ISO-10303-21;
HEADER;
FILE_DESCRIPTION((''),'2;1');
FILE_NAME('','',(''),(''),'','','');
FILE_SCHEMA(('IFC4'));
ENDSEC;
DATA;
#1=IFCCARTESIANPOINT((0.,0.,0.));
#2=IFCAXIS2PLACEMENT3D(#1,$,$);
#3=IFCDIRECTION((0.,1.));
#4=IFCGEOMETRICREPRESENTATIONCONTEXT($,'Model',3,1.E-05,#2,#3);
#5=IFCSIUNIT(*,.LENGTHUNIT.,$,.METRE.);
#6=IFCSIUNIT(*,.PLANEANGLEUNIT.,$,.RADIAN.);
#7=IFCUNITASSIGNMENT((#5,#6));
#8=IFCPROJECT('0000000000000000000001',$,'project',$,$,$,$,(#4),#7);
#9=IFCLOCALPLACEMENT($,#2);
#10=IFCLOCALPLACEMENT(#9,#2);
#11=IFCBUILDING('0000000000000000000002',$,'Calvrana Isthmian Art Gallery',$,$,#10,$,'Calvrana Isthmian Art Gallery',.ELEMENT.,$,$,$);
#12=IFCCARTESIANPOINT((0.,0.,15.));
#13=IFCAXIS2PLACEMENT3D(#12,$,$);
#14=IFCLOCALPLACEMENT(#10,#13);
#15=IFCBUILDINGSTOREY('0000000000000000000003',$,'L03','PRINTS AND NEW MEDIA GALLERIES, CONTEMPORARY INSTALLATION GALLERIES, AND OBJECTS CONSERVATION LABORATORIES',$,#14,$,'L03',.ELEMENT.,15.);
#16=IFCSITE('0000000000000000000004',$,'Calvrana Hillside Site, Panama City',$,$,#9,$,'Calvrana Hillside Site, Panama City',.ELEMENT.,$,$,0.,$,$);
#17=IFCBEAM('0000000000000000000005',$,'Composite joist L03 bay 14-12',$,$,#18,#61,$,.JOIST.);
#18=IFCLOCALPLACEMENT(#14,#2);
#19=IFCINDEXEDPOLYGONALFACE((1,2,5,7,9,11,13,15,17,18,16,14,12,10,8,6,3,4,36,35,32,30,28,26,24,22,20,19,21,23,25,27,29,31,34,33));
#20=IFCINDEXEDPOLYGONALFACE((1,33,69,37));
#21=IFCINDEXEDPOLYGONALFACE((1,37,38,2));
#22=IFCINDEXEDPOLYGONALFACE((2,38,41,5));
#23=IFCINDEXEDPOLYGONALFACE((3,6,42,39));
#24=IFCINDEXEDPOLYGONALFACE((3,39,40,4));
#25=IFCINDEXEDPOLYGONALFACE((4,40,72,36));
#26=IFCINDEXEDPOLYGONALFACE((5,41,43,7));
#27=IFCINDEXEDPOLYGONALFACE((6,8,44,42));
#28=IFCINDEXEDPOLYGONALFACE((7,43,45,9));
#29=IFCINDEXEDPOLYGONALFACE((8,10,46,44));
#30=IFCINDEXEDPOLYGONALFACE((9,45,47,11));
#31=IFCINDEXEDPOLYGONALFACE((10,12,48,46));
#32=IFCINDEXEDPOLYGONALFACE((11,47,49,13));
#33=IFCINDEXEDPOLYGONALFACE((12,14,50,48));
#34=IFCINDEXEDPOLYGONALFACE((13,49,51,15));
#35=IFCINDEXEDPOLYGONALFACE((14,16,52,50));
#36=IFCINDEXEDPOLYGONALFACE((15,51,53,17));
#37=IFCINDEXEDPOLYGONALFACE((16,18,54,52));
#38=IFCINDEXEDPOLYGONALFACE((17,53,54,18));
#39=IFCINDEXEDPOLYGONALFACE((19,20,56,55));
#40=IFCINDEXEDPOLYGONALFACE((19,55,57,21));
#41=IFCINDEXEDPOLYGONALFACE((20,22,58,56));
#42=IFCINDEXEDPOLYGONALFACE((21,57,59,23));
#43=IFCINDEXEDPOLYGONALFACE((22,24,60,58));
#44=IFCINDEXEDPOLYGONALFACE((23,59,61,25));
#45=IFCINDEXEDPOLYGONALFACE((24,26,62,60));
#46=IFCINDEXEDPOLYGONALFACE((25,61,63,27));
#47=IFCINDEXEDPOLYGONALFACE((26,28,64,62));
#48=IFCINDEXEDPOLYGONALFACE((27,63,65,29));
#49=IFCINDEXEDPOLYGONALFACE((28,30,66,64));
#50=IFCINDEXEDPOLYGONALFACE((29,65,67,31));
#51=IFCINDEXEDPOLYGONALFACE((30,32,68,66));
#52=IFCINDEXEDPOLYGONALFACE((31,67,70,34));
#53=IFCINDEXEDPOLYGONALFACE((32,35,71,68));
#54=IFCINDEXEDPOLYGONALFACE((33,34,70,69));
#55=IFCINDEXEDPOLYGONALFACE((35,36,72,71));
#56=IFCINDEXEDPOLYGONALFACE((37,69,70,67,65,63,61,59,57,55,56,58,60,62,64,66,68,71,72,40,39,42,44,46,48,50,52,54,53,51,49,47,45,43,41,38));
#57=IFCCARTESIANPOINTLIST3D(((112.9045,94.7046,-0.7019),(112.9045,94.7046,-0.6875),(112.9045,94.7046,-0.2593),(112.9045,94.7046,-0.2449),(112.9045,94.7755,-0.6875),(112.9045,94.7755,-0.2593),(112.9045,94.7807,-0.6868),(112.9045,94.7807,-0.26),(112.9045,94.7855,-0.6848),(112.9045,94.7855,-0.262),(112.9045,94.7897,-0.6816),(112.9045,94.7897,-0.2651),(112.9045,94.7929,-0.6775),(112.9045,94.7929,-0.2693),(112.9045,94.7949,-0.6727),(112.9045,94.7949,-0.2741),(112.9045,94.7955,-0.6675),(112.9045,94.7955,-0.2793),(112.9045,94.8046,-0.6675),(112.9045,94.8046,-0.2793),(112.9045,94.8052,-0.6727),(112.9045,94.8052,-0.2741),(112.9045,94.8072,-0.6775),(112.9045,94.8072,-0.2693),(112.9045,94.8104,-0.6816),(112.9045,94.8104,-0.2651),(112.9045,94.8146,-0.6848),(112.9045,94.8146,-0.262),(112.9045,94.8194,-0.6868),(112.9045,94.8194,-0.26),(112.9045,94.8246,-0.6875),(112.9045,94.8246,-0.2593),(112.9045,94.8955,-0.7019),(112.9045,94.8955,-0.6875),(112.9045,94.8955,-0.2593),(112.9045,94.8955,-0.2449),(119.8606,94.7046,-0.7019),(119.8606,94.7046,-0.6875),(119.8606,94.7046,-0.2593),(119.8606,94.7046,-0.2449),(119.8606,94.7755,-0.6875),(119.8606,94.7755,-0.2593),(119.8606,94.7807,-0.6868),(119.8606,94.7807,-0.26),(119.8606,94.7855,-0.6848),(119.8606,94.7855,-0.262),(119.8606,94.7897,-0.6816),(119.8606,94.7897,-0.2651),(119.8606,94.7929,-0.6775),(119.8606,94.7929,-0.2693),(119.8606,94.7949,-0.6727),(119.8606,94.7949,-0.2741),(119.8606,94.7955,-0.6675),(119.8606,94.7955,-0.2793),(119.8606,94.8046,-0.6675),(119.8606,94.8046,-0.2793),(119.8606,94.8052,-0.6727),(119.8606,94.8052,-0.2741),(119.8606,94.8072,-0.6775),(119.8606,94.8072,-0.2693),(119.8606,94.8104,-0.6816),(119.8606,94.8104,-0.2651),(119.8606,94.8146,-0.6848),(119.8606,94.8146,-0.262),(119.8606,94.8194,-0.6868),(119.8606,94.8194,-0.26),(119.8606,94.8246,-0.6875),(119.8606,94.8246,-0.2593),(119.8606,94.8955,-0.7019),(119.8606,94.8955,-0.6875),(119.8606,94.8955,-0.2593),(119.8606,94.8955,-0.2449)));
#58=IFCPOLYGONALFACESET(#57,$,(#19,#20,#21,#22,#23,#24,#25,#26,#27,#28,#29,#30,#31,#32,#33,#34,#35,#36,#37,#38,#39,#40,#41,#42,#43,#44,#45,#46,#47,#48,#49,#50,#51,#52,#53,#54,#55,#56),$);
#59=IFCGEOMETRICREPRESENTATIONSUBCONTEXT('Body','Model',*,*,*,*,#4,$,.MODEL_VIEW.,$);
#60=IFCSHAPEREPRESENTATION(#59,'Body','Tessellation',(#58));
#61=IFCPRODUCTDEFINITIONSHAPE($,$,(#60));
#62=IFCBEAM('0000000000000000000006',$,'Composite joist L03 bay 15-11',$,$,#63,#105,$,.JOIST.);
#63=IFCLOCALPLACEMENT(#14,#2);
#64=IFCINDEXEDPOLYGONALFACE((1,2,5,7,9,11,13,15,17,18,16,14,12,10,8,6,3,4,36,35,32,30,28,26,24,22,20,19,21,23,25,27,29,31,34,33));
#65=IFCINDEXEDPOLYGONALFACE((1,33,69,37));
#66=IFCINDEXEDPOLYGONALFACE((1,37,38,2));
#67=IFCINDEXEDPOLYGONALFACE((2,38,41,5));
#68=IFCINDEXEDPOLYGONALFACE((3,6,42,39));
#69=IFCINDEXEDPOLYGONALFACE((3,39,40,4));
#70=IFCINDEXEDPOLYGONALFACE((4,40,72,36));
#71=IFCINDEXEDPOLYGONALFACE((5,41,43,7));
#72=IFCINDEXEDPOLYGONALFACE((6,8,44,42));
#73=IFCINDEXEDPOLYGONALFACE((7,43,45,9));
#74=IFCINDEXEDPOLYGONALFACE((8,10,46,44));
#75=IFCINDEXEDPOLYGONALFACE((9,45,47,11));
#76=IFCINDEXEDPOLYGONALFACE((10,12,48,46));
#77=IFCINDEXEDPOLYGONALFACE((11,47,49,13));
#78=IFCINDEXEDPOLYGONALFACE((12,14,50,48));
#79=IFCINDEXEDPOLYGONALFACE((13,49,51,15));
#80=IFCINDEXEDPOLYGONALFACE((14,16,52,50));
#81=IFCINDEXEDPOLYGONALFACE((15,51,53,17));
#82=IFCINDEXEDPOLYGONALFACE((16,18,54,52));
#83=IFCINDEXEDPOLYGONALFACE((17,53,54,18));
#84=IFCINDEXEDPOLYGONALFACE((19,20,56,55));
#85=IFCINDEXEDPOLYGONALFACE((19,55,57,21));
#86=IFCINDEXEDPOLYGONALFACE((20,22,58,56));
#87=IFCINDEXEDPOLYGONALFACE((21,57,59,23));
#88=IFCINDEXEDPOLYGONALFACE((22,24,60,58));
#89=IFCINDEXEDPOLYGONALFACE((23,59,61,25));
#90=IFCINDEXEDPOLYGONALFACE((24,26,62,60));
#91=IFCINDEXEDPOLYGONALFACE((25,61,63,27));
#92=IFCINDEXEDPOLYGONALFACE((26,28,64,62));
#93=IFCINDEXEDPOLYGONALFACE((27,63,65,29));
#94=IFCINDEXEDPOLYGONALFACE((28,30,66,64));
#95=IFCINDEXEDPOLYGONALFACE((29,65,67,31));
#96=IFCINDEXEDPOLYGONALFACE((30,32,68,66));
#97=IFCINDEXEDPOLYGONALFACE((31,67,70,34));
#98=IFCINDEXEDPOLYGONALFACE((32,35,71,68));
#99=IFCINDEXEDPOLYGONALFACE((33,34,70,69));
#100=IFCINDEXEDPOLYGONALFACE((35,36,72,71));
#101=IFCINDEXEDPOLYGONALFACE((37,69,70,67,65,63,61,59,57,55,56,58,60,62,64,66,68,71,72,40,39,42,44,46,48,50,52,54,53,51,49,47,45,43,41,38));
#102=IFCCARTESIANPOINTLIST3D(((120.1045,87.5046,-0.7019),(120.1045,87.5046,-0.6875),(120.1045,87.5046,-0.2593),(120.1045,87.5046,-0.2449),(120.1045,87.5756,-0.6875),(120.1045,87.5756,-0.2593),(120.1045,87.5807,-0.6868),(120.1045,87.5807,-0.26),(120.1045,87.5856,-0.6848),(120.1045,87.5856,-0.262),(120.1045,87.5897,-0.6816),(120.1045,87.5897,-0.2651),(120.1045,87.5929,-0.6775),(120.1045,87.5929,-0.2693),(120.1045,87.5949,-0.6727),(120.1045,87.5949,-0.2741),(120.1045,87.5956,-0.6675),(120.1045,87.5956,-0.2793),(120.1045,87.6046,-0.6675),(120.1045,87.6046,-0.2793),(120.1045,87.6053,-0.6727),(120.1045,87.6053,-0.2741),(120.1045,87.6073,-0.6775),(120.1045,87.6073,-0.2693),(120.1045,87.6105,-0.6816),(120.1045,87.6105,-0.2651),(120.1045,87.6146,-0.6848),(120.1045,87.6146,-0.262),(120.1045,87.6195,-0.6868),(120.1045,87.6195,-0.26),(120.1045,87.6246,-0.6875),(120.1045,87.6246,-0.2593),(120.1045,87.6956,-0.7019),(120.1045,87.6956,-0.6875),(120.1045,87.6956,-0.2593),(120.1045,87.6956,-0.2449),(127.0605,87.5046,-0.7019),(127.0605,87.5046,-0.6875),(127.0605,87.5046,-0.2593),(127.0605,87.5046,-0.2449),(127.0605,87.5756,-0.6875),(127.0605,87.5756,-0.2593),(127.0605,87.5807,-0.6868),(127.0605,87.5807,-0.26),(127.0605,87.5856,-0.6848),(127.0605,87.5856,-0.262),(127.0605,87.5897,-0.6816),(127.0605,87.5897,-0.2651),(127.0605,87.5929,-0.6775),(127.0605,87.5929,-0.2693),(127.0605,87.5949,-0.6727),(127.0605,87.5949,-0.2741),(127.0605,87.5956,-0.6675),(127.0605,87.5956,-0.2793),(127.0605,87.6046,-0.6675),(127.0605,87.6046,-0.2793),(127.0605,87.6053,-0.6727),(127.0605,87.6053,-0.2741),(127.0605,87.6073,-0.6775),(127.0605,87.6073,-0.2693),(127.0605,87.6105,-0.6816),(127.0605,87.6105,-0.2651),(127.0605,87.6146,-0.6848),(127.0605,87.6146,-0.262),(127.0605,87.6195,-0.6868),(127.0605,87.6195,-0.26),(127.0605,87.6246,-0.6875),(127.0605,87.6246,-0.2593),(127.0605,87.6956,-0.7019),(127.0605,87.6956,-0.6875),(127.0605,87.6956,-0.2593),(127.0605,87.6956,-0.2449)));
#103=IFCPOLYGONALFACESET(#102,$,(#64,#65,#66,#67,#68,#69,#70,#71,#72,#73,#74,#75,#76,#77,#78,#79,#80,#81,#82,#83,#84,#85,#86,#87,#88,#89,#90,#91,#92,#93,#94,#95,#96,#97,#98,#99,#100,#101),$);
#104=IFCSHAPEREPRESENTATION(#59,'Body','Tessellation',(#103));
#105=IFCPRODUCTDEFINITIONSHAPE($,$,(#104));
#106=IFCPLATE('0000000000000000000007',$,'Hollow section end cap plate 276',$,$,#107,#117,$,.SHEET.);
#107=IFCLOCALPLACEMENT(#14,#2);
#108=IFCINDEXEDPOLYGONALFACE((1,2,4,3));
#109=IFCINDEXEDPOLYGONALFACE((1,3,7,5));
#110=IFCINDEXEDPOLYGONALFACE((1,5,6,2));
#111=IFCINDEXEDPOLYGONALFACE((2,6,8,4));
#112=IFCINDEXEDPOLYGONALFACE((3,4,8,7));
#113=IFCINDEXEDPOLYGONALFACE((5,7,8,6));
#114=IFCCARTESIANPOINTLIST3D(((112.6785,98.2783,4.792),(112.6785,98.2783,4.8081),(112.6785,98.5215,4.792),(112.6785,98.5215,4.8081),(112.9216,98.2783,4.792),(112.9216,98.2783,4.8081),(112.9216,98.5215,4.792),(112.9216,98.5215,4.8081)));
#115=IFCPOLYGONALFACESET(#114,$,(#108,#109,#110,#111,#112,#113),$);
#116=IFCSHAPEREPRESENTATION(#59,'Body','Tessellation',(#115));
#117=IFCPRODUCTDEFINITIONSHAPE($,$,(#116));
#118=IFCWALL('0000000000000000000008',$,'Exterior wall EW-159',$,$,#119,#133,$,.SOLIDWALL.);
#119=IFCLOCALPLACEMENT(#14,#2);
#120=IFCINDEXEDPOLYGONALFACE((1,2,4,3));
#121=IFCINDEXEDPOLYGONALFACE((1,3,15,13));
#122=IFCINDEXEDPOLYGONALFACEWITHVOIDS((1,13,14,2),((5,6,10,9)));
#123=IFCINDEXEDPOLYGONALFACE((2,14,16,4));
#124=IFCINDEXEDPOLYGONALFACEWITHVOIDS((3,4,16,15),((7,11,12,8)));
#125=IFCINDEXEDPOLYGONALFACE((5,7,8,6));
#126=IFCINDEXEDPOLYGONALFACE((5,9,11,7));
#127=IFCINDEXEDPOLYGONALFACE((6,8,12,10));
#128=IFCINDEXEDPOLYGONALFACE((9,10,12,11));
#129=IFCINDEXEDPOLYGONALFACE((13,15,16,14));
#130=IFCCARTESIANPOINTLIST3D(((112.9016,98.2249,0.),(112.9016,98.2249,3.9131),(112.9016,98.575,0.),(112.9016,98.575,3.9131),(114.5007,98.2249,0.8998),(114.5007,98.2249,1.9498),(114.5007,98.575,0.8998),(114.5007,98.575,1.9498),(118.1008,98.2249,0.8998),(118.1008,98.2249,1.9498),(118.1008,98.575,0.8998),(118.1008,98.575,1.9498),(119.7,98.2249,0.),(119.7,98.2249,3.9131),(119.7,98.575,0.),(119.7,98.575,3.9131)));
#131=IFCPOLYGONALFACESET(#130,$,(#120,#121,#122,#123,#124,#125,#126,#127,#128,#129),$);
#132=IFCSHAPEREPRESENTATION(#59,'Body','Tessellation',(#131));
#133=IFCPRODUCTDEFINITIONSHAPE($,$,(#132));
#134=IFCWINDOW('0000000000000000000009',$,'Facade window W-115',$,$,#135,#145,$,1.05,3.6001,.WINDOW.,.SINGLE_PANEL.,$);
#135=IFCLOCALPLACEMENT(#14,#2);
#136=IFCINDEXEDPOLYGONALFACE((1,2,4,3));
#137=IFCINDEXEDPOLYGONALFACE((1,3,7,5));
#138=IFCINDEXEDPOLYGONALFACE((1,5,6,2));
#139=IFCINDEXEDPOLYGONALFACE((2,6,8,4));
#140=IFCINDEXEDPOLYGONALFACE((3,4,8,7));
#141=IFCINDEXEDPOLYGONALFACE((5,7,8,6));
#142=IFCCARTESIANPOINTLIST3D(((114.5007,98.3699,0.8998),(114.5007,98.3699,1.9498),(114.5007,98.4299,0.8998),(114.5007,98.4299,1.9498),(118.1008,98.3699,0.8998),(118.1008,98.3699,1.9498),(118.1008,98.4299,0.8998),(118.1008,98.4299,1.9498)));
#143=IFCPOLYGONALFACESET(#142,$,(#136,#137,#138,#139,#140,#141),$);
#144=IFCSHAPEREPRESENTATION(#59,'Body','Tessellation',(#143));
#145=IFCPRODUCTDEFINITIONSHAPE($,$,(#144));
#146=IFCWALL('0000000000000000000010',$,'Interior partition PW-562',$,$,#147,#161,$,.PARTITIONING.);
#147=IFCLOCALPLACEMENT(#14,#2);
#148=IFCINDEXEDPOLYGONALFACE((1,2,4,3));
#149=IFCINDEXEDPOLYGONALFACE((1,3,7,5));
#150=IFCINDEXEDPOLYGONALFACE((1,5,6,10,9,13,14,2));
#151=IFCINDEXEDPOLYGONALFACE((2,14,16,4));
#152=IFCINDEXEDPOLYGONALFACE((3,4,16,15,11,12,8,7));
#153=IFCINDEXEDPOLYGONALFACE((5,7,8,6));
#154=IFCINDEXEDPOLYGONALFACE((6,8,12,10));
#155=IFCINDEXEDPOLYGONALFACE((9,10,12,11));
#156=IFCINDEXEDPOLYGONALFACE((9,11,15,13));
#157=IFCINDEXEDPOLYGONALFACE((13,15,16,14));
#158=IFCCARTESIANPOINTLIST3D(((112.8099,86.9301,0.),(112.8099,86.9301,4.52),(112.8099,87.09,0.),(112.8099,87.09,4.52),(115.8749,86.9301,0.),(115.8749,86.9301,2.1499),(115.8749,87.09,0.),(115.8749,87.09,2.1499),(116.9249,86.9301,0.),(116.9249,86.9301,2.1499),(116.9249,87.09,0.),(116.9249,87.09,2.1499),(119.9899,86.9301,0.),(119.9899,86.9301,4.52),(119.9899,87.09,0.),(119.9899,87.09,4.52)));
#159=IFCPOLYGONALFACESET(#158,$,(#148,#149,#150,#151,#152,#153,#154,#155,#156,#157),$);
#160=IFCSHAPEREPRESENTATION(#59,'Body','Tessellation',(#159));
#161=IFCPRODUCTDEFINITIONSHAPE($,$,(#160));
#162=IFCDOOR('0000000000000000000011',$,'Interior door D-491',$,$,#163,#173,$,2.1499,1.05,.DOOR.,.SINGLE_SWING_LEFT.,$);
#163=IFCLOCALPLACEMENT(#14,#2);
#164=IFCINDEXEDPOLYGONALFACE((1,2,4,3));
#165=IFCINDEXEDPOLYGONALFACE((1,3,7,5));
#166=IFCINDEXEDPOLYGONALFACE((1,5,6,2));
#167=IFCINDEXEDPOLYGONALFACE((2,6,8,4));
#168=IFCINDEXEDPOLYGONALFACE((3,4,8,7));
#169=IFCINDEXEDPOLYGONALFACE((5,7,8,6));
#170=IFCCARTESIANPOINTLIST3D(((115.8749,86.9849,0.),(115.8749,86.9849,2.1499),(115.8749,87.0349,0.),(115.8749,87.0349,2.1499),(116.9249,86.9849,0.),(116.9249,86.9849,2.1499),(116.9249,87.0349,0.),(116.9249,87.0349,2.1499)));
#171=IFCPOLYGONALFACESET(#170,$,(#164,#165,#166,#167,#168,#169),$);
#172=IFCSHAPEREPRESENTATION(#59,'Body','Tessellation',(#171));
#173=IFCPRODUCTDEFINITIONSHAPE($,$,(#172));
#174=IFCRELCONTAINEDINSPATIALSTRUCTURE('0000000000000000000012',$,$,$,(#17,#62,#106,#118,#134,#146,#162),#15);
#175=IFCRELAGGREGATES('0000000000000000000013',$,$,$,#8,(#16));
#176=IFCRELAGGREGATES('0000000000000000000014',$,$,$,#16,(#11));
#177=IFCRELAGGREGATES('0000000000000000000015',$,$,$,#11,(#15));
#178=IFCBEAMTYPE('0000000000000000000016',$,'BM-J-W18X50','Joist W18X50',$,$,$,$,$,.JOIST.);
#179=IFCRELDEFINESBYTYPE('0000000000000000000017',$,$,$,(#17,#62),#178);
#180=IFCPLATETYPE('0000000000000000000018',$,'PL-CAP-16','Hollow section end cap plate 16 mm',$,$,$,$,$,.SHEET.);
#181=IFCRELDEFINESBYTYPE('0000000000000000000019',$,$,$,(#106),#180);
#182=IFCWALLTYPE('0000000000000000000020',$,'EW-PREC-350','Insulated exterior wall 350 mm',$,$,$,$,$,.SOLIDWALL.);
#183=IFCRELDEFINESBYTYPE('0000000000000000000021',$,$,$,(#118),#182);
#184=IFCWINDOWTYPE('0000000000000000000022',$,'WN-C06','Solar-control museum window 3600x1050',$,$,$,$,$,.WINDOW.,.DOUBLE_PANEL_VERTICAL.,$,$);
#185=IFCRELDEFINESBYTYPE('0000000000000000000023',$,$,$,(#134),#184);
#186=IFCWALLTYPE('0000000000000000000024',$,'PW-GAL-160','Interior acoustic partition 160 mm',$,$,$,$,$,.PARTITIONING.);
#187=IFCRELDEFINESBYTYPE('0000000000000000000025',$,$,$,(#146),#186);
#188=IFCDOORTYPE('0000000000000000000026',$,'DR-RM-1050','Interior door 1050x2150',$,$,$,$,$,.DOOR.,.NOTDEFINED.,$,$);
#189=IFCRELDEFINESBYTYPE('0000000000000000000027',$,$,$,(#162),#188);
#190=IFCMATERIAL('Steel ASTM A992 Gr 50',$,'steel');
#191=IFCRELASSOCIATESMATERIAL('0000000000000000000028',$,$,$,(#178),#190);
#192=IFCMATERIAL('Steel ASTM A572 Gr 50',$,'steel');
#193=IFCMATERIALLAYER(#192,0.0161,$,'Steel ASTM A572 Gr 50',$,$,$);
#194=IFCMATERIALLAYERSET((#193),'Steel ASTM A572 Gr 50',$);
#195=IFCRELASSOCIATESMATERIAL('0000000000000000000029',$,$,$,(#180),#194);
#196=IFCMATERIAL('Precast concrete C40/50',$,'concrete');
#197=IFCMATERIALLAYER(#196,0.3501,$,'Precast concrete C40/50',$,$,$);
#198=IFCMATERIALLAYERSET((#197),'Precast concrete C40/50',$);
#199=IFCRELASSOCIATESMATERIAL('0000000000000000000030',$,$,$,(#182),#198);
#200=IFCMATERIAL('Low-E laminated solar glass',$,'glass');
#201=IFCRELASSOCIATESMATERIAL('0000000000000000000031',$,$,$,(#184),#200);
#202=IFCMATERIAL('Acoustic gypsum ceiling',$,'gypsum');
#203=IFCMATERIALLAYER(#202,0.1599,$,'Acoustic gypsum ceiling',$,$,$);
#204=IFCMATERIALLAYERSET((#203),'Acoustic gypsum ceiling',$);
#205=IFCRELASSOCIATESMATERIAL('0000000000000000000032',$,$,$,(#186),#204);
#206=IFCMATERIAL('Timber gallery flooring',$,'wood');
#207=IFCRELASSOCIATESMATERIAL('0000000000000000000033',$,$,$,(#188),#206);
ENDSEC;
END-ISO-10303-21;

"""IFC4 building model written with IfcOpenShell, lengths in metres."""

from ifc_helpers import new_model, si_unit, direction, frame, frame_2d, origin, origin_2d, place, context, subcontext, project, spatial, rectangle, i_section, extrude, material, layer, layer_set, material_profile, profile_set, type_object, element, fill, save


model = new_model("IFC4")

# Units and contexts
model_context = context("Model", 3, precision=1e-05, world=origin(), true_north=direction((0.0, 1.0)))
body_context = subcontext(model_context, "Body", "Model", "MODEL_VIEW")
ifc_project = project(units=[si_unit("LENGTHUNIT", "METRE"), si_unit("PLANEANGLEUNIT", "RADIAN")], contexts=[model_context])

# Site, building, storey
site_placement = place(None, origin())
site = spatial("IfcSite", under=ifc_project, at=site_placement, Name="Calvrana Hillside Site, Panama City", LongName="Calvrana Hillside Site, Panama City", CompositionType="ELEMENT", RefElevation=0.0)
building_placement = place(site_placement, origin())
building = spatial("IfcBuilding", under=site, at=building_placement, Name="Calvrana Isthmian Art Gallery", LongName="Calvrana Isthmian Art Gallery", CompositionType="ELEMENT")
storey_placement = place(building_placement, frame((0.0, 0.0, 15.0)))
storey = spatial("IfcBuildingStorey", under=building, at=storey_placement, Name="L03", Description="PRINTS AND NEW MEDIA GALLERIES, CONTEMPORARY INSTALLATION GALLERIES, AND OBJECTS CONSERVATION LABORATORIES", LongName="L03", CompositionType="ELEMENT", Elevation=15.0)

# Beams
ifc_material_1 = material(Name="Steel ASTM A992 Gr 50", Category="steel")
ifc_material_profile_1 = material_profile(ifc_material_1, i_section(OverallWidth=0.1909, OverallDepth=0.457, WebThickness=0.009, FlangeThickness=0.0144, FilletRadius=0.02, at=origin_2d()), Name="W18X50")
ifc_profile_set_1 = profile_set([ifc_material_profile_1], Name="Steel ASTM A992 Gr 50")
beam_type_1 = type_object("IfcBeamType", Name="BM-J-W18X50", Description="Joist W18X50", PredefinedType="JOIST", material=ifc_profile_set_1)
for number, where, z_axis, x_axis, name in (
    (1, (112.9045, 94.8, -0.4734), (1.0, 0.0, 0.0), (0.0, 1.0, 0.0), "Composite joist L03 bay 14-12"),
    (2, (120.1045, 87.6001, -0.4734), (1.0, 0.0, 0.0), (0.0, 1.0, 0.0), "Composite joist L03 bay 15-11"),
):
    element("IfcBeam", number, at=place(storey_placement, frame(where, z_axis=z_axis, x_axis=x_axis)), inside=storey, type_object=beam_type_1, Name=name, PredefinedType="JOIST", context=body_context, shape_type="SweptSolid", body=[
        extrude(i_section(OverallWidth=0.1909, OverallDepth=0.457, WebThickness=0.009, FlangeThickness=0.0144, FilletRadius=0.02, at=origin_2d()), origin(), (0.0, 0.0, 1.0), 6.9561),
    ])

# Plate
ifc_material_2 = material(Name="Steel ASTM A572 Gr 50", Category="steel")
ifc_layer_1 = layer(ifc_material_2, 0.0161, Name="Steel ASTM A572 Gr 50")
ifc_layer_set_1 = layer_set([ifc_layer_1], Name="Steel ASTM A572 Gr 50")
plate_type = type_object("IfcPlateType", Name="PL-CAP-16", Description="Hollow section end cap plate 16 mm", PredefinedType="SHEET", material=ifc_layer_set_1)
plate_placement = place(storey_placement, frame((112.8, 98.3999, 4.792), z_axis=(0.0, 0.0, 1.0), x_axis=(1.0, 0.0, 0.0)))
element("IfcPlate", 3, at=plate_placement, inside=storey, type_object=plate_type, Name="Hollow section end cap plate 276", PredefinedType="SHEET", context=body_context, shape_type="SweptSolid", body=[
    extrude(rectangle(XDim=0.2432, YDim=0.2432, at=origin_2d()), origin(), (0.0, 0.0, 1.0), 0.0161),
])

# Wall, opening, window
ifc_material_3 = material(Name="Precast concrete C40/50", Category="concrete")
ifc_layer_2 = layer(ifc_material_3, 0.3501, Name="Precast concrete C40/50")
ifc_layer_set_2 = layer_set([ifc_layer_2], Name="Precast concrete C40/50")
wall_type_1 = type_object("IfcWallType", Name="EW-PREC-350", Description="Insulated exterior wall 350 mm", PredefinedType="SOLIDWALL", material=ifc_layer_set_2)
wall_1_placement = place(storey_placement, frame((112.9016, 98.3999, 0.0), z_axis=(0.0, 0.0, 1.0), x_axis=(1.0, 0.0, 0.0)))
wall_1 = element("IfcWall", 4, at=wall_1_placement, inside=storey, type_object=wall_type_1, Name="Exterior wall EW-159", PredefinedType="SOLIDWALL", context=body_context, shape_type="SweptSolid", body=[
    extrude(rectangle(XDim=6.7983, YDim=0.3501, at=frame_2d((3.3992, 0.0))), origin(), (0.0, 0.0, 1.0), 3.9131),
])
opening_1_placement = place(wall_1_placement, frame((1.5991, 0.0, 0.8999)))
opening_1 = element("IfcOpeningElement", 5, at=opening_1_placement, cuts=wall_1, PredefinedType="OPENING", context=body_context, shape_type="SweptSolid", body=[
    extrude(rectangle(XDim=3.6001, YDim=1.05, at=frame_2d((1.8, 0.5249))), frame((0.0, 0.1853, 0.0), z_axis=(0.0, -1.0, 0.0), x_axis=(1.0, 0.0, 0.0)), (0.0, 0.0, 1.0), 0.3706),
])
ifc_material_4 = material(Name="Low-E laminated solar glass", Category="glass")
window_type = type_object("IfcWindowType", Name="WN-C06", Description="Solar-control museum window 3600x1050", PartitioningType="DOUBLE_PANEL_VERTICAL", PredefinedType="WINDOW", material=ifc_material_4)
window_placement = place(opening_1_placement, origin())
window = element("IfcWindow", 6, at=window_placement, inside=storey, type_object=window_type, Name="Facade window W-115", OverallHeight=1.05, OverallWidth=3.6001, PartitioningType="SINGLE_PANEL", PredefinedType="WINDOW", context=body_context, shape_type="SweptSolid", body=[
    extrude(rectangle(XDim=3.6001, YDim=1.05, at=frame_2d((1.8, 0.5249))), frame((0.0, 0.03, 0.0), z_axis=(0.0, -1.0, 0.0), x_axis=(1.0, 0.0, 0.0)), (0.0, 0.0, 1.0), 0.0601),
])
fill(opening_1, window)

# Wall, opening, door
ifc_material_5 = material(Name="Acoustic gypsum ceiling", Category="gypsum")
ifc_layer_3 = layer(ifc_material_5, 0.1599, Name="Acoustic gypsum ceiling")
ifc_layer_set_3 = layer_set([ifc_layer_3], Name="Acoustic gypsum ceiling")
wall_type_2 = type_object("IfcWallType", Name="PW-GAL-160", Description="Interior acoustic partition 160 mm", PredefinedType="PARTITIONING", material=ifc_layer_set_3)
wall_2_placement = place(storey_placement, frame((112.8101, 87.01, 0.0), z_axis=(0.0, 0.0, 1.0), x_axis=(1.0, 0.0, 0.0)))
wall_2 = element("IfcWall", 7, at=wall_2_placement, inside=storey, type_object=wall_type_2, Name="Interior partition PW-562", PredefinedType="PARTITIONING", context=body_context, shape_type="SweptSolid", body=[
    extrude(rectangle(XDim=7.1799, YDim=0.1599, at=frame_2d((3.5898, 0.0))), origin(), (0.0, 0.0, 1.0), 4.52),
])
opening_2_placement = place(wall_2_placement, frame((3.0649, 0.0, 0.0)))
opening_2 = element("IfcOpeningElement", 8, at=opening_2_placement, cuts=wall_2, PredefinedType="OPENING", context=body_context, shape_type="SweptSolid", body=[
    extrude(rectangle(XDim=1.05, YDim=2.1499, at=frame_2d((0.5249, 1.075))), frame((0.0, 0.0903, 0.0), z_axis=(0.0, -1.0, 0.0), x_axis=(1.0, 0.0, 0.0)), (0.0, 0.0, 1.0), 0.1804),
])
ifc_material_6 = material(Name="Timber gallery flooring", Category="wood")
door_type_1 = type_object("IfcDoorType", Name="DR-RM-1050", Description="Interior door 1050x2150", OperationType="NOTDEFINED", PredefinedType="DOOR", material=ifc_material_6)
door_1_placement = place(opening_2_placement, origin())
door_1 = element("IfcDoor", 9, at=door_1_placement, inside=storey, type_object=door_type_1, Name="Interior door D-491", OperationType="SINGLE_SWING_LEFT", OverallHeight=2.1499, OverallWidth=1.05, PredefinedType="DOOR", context=body_context, shape_type="SweptSolid", body=[
    extrude(rectangle(XDim=1.05, YDim=2.1499, at=frame_2d((0.5249, 1.075))), frame((0.0, 0.0249, 0.0), z_axis=(0.0, -1.0, 0.0), x_axis=(1.0, 0.0, 0.0)), (0.0, 0.0, 1.0), 0.05),
])
fill(opening_2, door_1)

save(model, "model.ifc")
